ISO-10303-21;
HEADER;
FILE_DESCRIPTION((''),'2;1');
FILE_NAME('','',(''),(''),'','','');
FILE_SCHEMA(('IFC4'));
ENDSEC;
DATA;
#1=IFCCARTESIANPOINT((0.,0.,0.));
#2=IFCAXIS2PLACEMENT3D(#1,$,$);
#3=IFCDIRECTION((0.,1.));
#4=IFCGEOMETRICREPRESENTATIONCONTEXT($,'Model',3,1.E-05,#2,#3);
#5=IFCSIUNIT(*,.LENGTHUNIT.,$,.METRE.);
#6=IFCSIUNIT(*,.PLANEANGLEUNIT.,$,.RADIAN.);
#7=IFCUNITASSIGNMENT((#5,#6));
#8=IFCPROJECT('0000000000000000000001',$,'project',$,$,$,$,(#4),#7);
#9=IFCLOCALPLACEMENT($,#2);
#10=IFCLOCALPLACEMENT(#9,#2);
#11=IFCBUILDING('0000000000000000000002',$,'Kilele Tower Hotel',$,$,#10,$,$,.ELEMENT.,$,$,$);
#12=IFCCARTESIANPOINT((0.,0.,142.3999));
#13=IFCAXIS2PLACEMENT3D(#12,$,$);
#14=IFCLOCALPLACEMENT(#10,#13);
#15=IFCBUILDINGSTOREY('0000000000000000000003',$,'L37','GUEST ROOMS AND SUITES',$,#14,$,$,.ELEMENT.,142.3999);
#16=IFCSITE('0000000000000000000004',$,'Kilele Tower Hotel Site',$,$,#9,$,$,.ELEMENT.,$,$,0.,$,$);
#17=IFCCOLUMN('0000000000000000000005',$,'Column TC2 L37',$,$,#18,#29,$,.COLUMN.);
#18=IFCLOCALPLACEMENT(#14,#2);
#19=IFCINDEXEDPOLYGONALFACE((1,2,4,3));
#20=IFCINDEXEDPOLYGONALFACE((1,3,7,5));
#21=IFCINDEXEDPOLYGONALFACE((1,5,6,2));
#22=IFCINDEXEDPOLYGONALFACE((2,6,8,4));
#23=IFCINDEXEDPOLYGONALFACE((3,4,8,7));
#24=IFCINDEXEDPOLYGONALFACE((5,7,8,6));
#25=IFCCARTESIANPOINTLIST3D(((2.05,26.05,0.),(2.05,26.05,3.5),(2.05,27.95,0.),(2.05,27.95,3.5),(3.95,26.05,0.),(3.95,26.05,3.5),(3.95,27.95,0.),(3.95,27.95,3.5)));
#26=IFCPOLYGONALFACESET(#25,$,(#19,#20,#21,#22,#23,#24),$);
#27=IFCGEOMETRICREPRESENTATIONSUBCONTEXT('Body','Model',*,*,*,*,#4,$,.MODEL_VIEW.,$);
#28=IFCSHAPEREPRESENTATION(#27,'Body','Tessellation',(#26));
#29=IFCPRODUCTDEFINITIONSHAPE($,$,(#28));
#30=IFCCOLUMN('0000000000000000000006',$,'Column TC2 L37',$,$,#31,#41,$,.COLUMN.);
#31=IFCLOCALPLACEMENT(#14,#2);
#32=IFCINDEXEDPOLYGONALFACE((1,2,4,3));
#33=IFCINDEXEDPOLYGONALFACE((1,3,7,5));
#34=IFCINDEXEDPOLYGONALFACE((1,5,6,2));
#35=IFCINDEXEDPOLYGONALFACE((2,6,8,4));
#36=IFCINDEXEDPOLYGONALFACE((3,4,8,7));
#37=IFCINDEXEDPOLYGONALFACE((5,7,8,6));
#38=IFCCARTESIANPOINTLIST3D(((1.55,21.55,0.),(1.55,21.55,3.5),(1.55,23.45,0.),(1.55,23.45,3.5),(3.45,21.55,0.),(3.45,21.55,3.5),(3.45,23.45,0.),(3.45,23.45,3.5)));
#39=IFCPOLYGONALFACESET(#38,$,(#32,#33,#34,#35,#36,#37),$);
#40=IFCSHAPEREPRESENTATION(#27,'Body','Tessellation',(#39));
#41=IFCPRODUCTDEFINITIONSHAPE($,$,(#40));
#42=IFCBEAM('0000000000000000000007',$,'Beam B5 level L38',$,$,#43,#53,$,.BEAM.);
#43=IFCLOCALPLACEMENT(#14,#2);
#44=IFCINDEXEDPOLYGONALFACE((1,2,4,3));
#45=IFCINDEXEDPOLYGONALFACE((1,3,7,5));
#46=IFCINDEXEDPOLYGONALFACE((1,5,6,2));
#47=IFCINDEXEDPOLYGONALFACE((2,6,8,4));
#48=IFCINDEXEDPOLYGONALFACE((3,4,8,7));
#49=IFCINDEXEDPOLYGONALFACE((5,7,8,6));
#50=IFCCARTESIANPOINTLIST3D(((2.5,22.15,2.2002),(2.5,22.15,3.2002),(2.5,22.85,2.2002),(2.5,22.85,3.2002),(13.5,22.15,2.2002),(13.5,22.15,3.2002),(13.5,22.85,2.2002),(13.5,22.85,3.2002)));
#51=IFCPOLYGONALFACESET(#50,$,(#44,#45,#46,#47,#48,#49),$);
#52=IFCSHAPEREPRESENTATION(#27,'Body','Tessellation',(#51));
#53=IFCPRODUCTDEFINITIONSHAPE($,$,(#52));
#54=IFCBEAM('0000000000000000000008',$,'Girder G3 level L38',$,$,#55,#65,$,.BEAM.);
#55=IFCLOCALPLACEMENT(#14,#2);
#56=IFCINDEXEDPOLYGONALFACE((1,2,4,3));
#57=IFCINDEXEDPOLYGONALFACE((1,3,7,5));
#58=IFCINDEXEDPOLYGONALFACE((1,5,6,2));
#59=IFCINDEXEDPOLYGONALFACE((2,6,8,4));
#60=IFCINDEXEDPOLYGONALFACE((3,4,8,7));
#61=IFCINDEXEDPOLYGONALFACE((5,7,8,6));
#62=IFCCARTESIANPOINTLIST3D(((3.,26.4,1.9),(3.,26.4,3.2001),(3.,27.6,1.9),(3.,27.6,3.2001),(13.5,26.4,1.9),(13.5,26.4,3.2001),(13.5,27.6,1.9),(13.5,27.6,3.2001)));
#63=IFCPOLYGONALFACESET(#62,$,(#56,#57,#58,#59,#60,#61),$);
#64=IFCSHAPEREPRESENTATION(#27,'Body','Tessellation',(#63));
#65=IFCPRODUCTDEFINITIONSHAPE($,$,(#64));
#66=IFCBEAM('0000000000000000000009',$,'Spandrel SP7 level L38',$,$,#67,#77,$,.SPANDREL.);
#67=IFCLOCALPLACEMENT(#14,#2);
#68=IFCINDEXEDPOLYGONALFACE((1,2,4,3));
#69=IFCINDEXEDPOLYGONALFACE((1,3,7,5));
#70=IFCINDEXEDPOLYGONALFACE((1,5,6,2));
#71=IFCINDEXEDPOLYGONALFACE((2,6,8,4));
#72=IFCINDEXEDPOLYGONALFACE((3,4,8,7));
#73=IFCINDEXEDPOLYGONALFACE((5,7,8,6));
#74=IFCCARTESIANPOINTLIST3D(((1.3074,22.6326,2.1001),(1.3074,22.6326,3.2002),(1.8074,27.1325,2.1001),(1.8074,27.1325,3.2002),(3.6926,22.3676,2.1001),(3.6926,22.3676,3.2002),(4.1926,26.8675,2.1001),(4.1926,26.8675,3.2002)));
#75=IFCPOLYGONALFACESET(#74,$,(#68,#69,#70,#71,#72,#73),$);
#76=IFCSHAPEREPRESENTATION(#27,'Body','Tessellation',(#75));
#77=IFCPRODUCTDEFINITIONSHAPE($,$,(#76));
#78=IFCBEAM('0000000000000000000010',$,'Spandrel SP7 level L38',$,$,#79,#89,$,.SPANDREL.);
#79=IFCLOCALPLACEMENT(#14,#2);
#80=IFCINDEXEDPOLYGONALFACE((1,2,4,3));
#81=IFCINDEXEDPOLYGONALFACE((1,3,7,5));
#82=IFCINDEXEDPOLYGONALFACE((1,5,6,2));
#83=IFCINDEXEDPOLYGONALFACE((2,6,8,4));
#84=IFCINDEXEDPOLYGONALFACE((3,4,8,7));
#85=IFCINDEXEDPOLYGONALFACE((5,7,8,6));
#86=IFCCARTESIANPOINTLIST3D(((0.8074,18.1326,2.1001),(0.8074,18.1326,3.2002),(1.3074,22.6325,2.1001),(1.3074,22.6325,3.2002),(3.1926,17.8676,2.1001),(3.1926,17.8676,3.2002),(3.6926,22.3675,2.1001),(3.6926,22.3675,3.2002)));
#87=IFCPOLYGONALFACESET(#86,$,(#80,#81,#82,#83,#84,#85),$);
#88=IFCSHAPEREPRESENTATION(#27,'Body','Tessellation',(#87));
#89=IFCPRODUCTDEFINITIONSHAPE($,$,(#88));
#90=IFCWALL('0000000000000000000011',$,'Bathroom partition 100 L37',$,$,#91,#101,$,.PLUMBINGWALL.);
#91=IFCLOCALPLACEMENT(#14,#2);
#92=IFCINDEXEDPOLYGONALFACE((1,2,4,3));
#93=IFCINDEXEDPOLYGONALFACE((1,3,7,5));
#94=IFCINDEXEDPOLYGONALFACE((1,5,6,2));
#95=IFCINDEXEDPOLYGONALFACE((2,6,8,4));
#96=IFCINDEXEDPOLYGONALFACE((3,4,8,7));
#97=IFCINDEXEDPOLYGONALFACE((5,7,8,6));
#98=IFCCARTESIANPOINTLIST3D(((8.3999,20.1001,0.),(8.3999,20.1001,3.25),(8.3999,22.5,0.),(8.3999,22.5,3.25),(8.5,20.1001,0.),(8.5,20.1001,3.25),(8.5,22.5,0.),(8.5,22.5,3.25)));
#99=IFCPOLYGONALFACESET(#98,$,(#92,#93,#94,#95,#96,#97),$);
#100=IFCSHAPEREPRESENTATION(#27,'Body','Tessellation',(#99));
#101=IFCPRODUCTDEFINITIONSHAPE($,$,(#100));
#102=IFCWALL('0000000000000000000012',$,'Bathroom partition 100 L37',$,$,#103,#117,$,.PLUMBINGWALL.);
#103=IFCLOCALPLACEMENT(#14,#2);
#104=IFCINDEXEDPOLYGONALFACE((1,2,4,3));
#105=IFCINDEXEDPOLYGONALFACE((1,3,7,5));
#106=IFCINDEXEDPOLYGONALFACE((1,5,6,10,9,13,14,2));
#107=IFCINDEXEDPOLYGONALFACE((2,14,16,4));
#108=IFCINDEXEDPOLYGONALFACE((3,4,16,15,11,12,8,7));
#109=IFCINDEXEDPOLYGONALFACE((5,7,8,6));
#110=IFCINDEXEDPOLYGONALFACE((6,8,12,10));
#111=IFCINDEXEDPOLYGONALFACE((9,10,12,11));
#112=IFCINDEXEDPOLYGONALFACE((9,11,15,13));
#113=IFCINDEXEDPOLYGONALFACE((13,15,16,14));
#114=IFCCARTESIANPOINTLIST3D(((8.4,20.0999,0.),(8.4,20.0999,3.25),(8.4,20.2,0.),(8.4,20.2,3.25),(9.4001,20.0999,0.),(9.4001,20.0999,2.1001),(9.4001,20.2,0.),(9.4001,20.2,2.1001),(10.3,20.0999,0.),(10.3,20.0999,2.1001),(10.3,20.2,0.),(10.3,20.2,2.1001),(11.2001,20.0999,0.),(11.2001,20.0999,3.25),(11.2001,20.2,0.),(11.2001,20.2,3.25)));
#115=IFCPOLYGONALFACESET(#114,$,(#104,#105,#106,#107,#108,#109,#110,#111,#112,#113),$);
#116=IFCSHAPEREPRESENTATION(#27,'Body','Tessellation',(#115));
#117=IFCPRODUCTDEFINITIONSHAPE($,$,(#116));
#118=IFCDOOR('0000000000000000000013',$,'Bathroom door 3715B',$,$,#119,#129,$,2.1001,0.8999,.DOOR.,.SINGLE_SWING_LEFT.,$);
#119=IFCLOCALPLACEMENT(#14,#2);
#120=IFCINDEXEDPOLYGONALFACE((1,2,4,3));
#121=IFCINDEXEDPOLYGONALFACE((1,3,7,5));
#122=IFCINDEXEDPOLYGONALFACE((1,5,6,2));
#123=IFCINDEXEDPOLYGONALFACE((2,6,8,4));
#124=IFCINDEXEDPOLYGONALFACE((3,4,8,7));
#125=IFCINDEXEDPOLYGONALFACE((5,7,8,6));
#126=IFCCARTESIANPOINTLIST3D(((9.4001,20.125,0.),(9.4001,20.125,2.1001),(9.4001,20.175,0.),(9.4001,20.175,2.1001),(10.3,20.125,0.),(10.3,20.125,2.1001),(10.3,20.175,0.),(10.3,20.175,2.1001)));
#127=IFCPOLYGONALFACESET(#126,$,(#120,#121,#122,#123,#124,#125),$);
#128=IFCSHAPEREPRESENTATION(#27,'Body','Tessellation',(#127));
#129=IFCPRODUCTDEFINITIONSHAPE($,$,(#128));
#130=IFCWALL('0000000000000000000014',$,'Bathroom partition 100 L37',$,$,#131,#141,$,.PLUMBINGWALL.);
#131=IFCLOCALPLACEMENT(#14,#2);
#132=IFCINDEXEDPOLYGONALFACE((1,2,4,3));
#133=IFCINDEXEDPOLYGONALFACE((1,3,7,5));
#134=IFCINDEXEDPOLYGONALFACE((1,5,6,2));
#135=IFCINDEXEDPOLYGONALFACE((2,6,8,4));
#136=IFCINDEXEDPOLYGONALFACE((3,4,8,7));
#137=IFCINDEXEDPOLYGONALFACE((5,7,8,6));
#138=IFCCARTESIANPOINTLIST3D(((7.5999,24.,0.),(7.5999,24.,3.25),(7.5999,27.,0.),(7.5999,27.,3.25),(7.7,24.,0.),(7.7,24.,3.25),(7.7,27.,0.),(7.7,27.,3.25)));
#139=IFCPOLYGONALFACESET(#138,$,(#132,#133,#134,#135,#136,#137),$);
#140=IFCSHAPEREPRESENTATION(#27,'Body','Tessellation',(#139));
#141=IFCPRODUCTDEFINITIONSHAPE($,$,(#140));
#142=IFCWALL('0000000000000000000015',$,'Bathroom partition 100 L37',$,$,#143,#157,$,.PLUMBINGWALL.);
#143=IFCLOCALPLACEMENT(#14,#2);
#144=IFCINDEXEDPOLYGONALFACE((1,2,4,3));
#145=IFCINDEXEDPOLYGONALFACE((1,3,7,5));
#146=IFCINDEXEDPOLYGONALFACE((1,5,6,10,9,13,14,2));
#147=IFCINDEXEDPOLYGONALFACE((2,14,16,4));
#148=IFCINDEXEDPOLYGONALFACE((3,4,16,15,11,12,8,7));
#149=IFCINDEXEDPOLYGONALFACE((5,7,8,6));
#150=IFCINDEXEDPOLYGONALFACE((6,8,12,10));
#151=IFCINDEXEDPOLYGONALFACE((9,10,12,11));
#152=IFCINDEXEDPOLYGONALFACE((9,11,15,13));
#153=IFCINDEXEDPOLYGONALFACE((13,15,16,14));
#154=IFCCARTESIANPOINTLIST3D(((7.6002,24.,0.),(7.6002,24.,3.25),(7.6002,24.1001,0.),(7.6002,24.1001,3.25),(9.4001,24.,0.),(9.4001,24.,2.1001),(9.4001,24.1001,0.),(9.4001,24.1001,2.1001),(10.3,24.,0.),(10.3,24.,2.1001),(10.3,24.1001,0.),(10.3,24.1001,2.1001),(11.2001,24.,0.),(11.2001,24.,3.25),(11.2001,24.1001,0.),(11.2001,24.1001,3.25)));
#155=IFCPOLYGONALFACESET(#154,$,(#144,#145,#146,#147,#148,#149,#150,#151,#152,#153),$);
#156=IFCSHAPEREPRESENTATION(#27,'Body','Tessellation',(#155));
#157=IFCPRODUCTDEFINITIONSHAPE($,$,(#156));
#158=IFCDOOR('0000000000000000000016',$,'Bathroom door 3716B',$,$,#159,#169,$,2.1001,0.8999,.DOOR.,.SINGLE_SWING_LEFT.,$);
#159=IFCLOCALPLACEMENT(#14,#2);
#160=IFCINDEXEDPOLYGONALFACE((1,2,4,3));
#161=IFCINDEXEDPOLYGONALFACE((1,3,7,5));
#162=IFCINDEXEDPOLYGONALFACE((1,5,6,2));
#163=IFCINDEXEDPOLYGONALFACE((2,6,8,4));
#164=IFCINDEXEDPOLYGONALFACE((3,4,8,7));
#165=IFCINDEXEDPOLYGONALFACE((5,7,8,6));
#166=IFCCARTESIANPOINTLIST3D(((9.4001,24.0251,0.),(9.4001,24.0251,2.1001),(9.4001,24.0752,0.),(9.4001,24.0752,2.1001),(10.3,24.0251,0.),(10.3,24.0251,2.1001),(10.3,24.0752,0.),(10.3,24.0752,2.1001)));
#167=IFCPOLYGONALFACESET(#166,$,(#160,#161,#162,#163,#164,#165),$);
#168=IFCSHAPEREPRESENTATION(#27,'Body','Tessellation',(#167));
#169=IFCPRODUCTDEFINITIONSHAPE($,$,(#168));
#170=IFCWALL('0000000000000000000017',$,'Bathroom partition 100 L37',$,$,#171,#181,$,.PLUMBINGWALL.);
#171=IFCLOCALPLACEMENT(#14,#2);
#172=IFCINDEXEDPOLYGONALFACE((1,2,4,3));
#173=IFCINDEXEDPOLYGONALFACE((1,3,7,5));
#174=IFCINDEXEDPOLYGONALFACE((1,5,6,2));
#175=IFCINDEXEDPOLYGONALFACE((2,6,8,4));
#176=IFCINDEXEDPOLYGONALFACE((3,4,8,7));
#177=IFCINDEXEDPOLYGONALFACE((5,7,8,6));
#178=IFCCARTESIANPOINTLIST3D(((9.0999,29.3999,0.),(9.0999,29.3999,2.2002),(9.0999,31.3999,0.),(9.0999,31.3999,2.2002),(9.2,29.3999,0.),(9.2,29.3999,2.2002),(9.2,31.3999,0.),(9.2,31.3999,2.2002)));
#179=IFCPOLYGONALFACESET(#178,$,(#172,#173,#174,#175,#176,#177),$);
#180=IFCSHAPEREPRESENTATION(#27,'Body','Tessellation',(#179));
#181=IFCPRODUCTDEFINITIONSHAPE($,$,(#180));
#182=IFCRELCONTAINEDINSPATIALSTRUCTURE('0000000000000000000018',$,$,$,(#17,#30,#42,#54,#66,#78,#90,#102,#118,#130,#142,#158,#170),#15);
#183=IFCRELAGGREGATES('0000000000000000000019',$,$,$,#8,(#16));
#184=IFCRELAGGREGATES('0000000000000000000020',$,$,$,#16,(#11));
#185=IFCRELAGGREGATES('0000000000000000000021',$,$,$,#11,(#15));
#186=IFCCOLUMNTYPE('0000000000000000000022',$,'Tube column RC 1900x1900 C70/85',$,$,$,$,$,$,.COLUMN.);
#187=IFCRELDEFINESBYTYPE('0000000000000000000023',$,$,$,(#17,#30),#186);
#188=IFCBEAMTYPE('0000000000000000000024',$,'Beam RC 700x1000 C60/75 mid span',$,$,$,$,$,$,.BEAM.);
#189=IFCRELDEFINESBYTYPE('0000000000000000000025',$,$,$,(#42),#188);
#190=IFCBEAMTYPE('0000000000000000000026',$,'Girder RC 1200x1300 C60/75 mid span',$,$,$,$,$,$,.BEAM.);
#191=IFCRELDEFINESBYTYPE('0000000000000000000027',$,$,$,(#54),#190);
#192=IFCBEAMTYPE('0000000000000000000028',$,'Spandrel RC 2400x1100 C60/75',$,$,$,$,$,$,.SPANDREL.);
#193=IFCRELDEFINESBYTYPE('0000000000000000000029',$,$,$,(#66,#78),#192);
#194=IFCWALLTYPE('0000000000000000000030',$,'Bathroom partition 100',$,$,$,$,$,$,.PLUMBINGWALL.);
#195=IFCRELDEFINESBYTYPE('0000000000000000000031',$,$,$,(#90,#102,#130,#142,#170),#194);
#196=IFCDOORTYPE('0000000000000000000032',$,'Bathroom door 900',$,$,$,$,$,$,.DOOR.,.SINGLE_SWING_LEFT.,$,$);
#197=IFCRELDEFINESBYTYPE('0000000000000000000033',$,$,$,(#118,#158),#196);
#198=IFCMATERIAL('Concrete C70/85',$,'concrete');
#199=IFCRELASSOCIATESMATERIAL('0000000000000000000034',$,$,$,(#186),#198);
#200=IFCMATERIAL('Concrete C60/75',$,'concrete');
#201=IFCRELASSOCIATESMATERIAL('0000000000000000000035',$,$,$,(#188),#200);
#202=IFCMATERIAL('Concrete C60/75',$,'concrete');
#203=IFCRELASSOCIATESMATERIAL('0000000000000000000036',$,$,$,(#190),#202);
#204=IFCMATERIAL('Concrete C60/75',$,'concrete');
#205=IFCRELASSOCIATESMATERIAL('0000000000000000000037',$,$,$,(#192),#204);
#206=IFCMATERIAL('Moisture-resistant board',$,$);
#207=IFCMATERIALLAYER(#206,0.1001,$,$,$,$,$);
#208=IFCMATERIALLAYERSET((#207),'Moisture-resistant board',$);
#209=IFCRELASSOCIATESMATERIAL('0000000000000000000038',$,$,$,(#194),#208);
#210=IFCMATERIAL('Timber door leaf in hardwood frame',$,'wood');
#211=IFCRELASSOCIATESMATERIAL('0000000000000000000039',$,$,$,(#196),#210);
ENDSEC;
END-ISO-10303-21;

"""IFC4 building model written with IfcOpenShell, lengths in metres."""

from ifc_helpers import new_model, si_unit, direction, frame, frame_2d, origin, origin_2d, place, context, subcontext, project, spatial, rectangle, extrude, material, layer, layer_set, material_profile, profile_set, type_object, element, fill, save


model = new_model("IFC4")

# Units and contexts
model_context = context("Model", 3, precision=1e-05, world=origin(), true_north=direction((0.0, 1.0)))
body_context = subcontext(model_context, "Body", "Model", "MODEL_VIEW")
ifc_project = project(units=[si_unit("LENGTHUNIT", "METRE"), si_unit("PLANEANGLEUNIT", "RADIAN")], contexts=[model_context])

# Site, building, storey
site_placement = place(None, origin())
site = spatial("IfcSite", under=ifc_project, at=site_placement, Name="Kilele Tower Hotel Site", CompositionType="ELEMENT", RefElevation=0.0)
building_placement = place(site_placement, origin())
building = spatial("IfcBuilding", under=site, at=building_placement, Name="Kilele Tower Hotel", CompositionType="ELEMENT")
storey_placement = place(building_placement, frame((0.0, 0.0, 142.3999)))
storey = spatial("IfcBuildingStorey", under=building, at=storey_placement, Name="L37", Description="GUEST ROOMS AND SUITES", CompositionType="ELEMENT", Elevation=142.3999)

# Columns
ifc_material_1 = material(Name="Concrete C70/85", Category="concrete")
ifc_material_profile_1 = material_profile(ifc_material_1, rectangle(XDim=1.8999, YDim=1.8999, at=origin_2d()))
ifc_profile_set_1 = profile_set([ifc_material_profile_1], Name="Concrete C70/85")
column_type = type_object("IfcColumnType", Name="Tube column RC 1900x1900 C70/85", PredefinedType="COLUMN", material=ifc_profile_set_1)
for number, where, z_axis, x_axis, name in (
    (1, (3.0, 27.0, 0.0), (0.0, 0.0, 1.0), (1.0, 0.0, 0.0), "Column TC2 L37"),
    (2, (2.5, 22.5, 0.0), (0.0, 0.0, 1.0), (1.0, 0.0, 0.0), "Column TC2 L37"),
):
    element("IfcColumn", number, at=place(storey_placement, frame(where, z_axis=z_axis, x_axis=x_axis)), inside=storey, type_object=column_type, Name=name, PredefinedType="COLUMN", context=body_context, shape_type="SweptSolid", body=[
        extrude(rectangle(XDim=1.8999, YDim=1.8999, at=origin_2d()), origin(), (0.0, 0.0, 1.0), 3.5),
    ])

# Beams
ifc_material_2 = material(Name="Concrete C60/75", Category="concrete")
ifc_material_profile_2 = material_profile(ifc_material_2, rectangle(XDim=0.7, YDim=1.0, at=origin_2d()))
ifc_profile_set_2 = profile_set([ifc_material_profile_2], Name="Concrete C60/75")
beam_type_1 = type_object("IfcBeamType", Name="Beam RC 700x1000 C60/75 mid span", PredefinedType="BEAM", material=ifc_profile_set_2)
beam_1_placement = place(storey_placement, frame((2.5, 22.5, 2.7002), z_axis=(1.0, 0.0, 0.0), x_axis=(0.0, 1.0, 0.0)))
element("IfcBeam", 3, at=beam_1_placement, inside=storey, type_object=beam_type_1, Name="Beam B5 level L38", PredefinedType="BEAM", context=body_context, shape_type="SweptSolid", body=[
    extrude(rectangle(XDim=0.7, YDim=1.0, at=origin_2d()), origin(), (0.0, 0.0, 1.0), 11.0),
])
ifc_material_3 = material(Name="Concrete C60/75", Category="concrete")
ifc_material_profile_3 = material_profile(ifc_material_3, rectangle(XDim=1.2, YDim=1.3, at=origin_2d()))
ifc_profile_set_3 = profile_set([ifc_material_profile_3], Name="Concrete C60/75")
beam_type_2 = type_object("IfcBeamType", Name="Girder RC 1200x1300 C60/75 mid span", PredefinedType="BEAM", material=ifc_profile_set_3)
beam_2_placement = place(storey_placement, frame((3.0, 27.0, 2.55), z_axis=(1.0, 0.0, 0.0), x_axis=(0.0, 1.0, 0.0)))
element("IfcBeam", 4, at=beam_2_placement, inside=storey, type_object=beam_type_2, Name="Girder G3 level L38", PredefinedType="BEAM", context=body_context, shape_type="SweptSolid", body=[
    extrude(rectangle(XDim=1.2, YDim=1.3, at=origin_2d()), origin(), (0.0, 0.0, 1.0), 10.5),
])
ifc_material_4 = material(Name="Concrete C60/75", Category="concrete")
ifc_material_profile_4 = material_profile(ifc_material_4, rectangle(XDim=2.3999, YDim=1.1001, at=origin_2d()))
ifc_profile_set_4 = profile_set([ifc_material_profile_4], Name="Concrete C60/75")
beam_type_3 = type_object("IfcBeamType", Name="Spandrel RC 2400x1100 C60/75", PredefinedType="SPANDREL", material=ifc_profile_set_4)
for number, where, z_axis, x_axis, name in (
    (5, (3.0, 27.0, 2.6501), (-0.110432, -0.993884, 0.0), (0.993884, -0.110432, 0.0), "Spandrel SP7 level L38"),
    (6, (2.5, 22.5, 2.6501), (-0.110432, -0.993884, 0.0), (0.993884, -0.110432, 0.0), "Spandrel SP7 level L38"),
):
    element("IfcBeam", number, at=place(storey_placement, frame(where, z_axis=z_axis, x_axis=x_axis)), inside=storey, type_object=beam_type_3, Name=name, PredefinedType="SPANDREL", context=body_context, shape_type="SweptSolid", body=[
        extrude(rectangle(XDim=2.3999, YDim=1.1001, at=origin_2d()), origin(), (0.0, 0.0, 1.0), 4.5276),
    ])

# Wall
ifc_material_5 = material(Name="Moisture-resistant board")
ifc_layer_1 = layer(ifc_material_5, 0.1001)
ifc_layer_set_1 = layer_set([ifc_layer_1], Name="Moisture-resistant board")
wall_type_1 = type_object("IfcWallType", Name="Bathroom partition 100", PredefinedType="PLUMBINGWALL", material=ifc_layer_set_1)
wall_1_placement = place(storey_placement, frame((8.45, 20.1001, 0.0), z_axis=(0.0, 0.0, 1.0), x_axis=(0.0, 1.0, 0.0)))
element("IfcWall", 7, at=wall_1_placement, inside=storey, type_object=wall_type_1, Name="Bathroom partition 100 L37", PredefinedType="PLUMBINGWALL", context=body_context, shape_type="SweptSolid", body=[
    extrude(rectangle(XDim=2.3999, YDim=0.1001, at=frame_2d((1.2, 0.0))), origin(), (0.0, 0.0, 1.0), 3.25),
])

# Wall, opening, door
wall_2_placement = place(storey_placement, frame((11.2, 20.1499, 0.0), z_axis=(0.0, 0.0, 1.0), x_axis=(-1.0, 0.0, 0.0)))
wall_2 = element("IfcWall", 8, at=wall_2_placement, inside=storey, type_object=wall_type_1, Name="Bathroom partition 100 L37", PredefinedType="PLUMBINGWALL", context=body_context, shape_type="SweptSolid", body=[
    extrude(rectangle(XDim=2.8, YDim=0.1001, at=frame_2d((1.3999, 0.0))), origin(), (0.0, 0.0, 1.0), 3.25),
])
opening_1_placement = place(wall_2_placement, frame((0.8999, 0.0, 0.0)))
opening_1 = element("IfcOpeningElement", 9, at=opening_1_placement, cuts=wall_2, PredefinedType="OPENING", context=body_context, shape_type="SweptSolid", body=[
    extrude(rectangle(XDim=0.8999, YDim=2.1001, at=frame_2d((0.45, 1.05))), frame((0.0, 0.0601, 0.0), z_axis=(0.0, -1.0, 0.0), x_axis=(1.0, 0.0, 0.0)), (0.0, 0.0, 1.0), 0.1201),
])
ifc_material_6 = material(Name="Timber door leaf in hardwood frame", Category="wood")
door_type_1 = type_object("IfcDoorType", Name="Bathroom door 900", OperationType="SINGLE_SWING_LEFT", PredefinedType="DOOR", material=ifc_material_6)
door_1_placement = place(opening_1_placement, origin())
door_1 = element("IfcDoor", 10, at=door_1_placement, inside=storey, type_object=door_type_1, Name="Bathroom door 3715B", OperationType="SINGLE_SWING_LEFT", OverallHeight=2.1001, OverallWidth=0.8999, PredefinedType="DOOR", context=body_context, shape_type="SweptSolid", body=[
    extrude(rectangle(XDim=0.8999, YDim=2.1001, at=frame_2d((0.45, 1.05))), frame((0.0, 0.0249, 0.0), z_axis=(0.0, -1.0, 0.0), x_axis=(1.0, 0.0, 0.0)), (0.0, 0.0, 1.0), 0.05),
])
fill(opening_1, door_1)

# Wall
wall_3_placement = place(storey_placement, frame((7.6499, 24.0, 0.0), z_axis=(0.0, 0.0, 1.0), x_axis=(0.0, 1.0, 0.0)))
element("IfcWall", 11, at=wall_3_placement, inside=storey, type_object=wall_type_1, Name="Bathroom partition 100 L37", PredefinedType="PLUMBINGWALL", context=body_context, shape_type="SweptSolid", body=[
    extrude(rectangle(XDim=3.0, YDim=0.1001, at=frame_2d((1.5, 0.0))), origin(), (0.0, 0.0, 1.0), 3.25),
])

# Wall, opening, door
wall_4_placement = place(storey_placement, frame((11.2, 24.05, 0.0), z_axis=(0.0, 0.0, 1.0), x_axis=(-1.0, 0.0, 0.0)))
wall_4 = element("IfcWall", 12, at=wall_4_placement, inside=storey, type_object=wall_type_1, Name="Bathroom partition 100 L37", PredefinedType="PLUMBINGWALL", context=body_context, shape_type="SweptSolid", body=[
    extrude(rectangle(XDim=3.5999, YDim=0.1001, at=frame_2d((1.7998, 0.0))), origin(), (0.0, 0.0, 1.0), 3.25),
])
opening_2_placement = place(wall_4_placement, frame((0.8999, 0.0, 0.0)))
opening_2 = element("IfcOpeningElement", 13, at=opening_2_placement, cuts=wall_4, PredefinedType="OPENING", context=body_context, shape_type="SweptSolid", body=[
    extrude(rectangle(XDim=0.8999, YDim=2.1001, at=frame_2d((0.45, 1.05))), frame((0.0, 0.0601, 0.0), z_axis=(0.0, -1.0, 0.0), x_axis=(1.0, 0.0, 0.0)), (0.0, 0.0, 1.0), 0.1201),
])
door_2_placement = place(opening_2_placement, origin())
door_2 = element("IfcDoor", 14, at=door_2_placement, inside=storey, type_object=door_type_1, Name="Bathroom door 3716B", OperationType="SINGLE_SWING_LEFT", OverallHeight=2.1001, OverallWidth=0.8999, PredefinedType="DOOR", context=body_context, shape_type="SweptSolid", body=[
    extrude(rectangle(XDim=0.8999, YDim=2.1001, at=frame_2d((0.45, 1.05))), frame((0.0, 0.0249, 0.0), z_axis=(0.0, -1.0, 0.0), x_axis=(1.0, 0.0, 0.0)), (0.0, 0.0, 1.0), 0.05),
])
fill(opening_2, door_2)

# Wall
wall_5_placement = place(storey_placement, frame((9.1499, 31.3999, 0.0), z_axis=(0.0, 0.0, 1.0), x_axis=(0.0, -1.0, 0.0)))
element("IfcWall", 15, at=wall_5_placement, inside=storey, type_object=wall_type_1, Name="Bathroom partition 100 L37", PredefinedType="PLUMBINGWALL", context=body_context, shape_type="SweptSolid", body=[
    extrude(rectangle(XDim=2.0, YDim=0.1001, at=frame_2d((1.0, 0.0))), origin(), (0.0, 0.0, 1.0), 2.2002),
])

save(model, "model.ifc")
